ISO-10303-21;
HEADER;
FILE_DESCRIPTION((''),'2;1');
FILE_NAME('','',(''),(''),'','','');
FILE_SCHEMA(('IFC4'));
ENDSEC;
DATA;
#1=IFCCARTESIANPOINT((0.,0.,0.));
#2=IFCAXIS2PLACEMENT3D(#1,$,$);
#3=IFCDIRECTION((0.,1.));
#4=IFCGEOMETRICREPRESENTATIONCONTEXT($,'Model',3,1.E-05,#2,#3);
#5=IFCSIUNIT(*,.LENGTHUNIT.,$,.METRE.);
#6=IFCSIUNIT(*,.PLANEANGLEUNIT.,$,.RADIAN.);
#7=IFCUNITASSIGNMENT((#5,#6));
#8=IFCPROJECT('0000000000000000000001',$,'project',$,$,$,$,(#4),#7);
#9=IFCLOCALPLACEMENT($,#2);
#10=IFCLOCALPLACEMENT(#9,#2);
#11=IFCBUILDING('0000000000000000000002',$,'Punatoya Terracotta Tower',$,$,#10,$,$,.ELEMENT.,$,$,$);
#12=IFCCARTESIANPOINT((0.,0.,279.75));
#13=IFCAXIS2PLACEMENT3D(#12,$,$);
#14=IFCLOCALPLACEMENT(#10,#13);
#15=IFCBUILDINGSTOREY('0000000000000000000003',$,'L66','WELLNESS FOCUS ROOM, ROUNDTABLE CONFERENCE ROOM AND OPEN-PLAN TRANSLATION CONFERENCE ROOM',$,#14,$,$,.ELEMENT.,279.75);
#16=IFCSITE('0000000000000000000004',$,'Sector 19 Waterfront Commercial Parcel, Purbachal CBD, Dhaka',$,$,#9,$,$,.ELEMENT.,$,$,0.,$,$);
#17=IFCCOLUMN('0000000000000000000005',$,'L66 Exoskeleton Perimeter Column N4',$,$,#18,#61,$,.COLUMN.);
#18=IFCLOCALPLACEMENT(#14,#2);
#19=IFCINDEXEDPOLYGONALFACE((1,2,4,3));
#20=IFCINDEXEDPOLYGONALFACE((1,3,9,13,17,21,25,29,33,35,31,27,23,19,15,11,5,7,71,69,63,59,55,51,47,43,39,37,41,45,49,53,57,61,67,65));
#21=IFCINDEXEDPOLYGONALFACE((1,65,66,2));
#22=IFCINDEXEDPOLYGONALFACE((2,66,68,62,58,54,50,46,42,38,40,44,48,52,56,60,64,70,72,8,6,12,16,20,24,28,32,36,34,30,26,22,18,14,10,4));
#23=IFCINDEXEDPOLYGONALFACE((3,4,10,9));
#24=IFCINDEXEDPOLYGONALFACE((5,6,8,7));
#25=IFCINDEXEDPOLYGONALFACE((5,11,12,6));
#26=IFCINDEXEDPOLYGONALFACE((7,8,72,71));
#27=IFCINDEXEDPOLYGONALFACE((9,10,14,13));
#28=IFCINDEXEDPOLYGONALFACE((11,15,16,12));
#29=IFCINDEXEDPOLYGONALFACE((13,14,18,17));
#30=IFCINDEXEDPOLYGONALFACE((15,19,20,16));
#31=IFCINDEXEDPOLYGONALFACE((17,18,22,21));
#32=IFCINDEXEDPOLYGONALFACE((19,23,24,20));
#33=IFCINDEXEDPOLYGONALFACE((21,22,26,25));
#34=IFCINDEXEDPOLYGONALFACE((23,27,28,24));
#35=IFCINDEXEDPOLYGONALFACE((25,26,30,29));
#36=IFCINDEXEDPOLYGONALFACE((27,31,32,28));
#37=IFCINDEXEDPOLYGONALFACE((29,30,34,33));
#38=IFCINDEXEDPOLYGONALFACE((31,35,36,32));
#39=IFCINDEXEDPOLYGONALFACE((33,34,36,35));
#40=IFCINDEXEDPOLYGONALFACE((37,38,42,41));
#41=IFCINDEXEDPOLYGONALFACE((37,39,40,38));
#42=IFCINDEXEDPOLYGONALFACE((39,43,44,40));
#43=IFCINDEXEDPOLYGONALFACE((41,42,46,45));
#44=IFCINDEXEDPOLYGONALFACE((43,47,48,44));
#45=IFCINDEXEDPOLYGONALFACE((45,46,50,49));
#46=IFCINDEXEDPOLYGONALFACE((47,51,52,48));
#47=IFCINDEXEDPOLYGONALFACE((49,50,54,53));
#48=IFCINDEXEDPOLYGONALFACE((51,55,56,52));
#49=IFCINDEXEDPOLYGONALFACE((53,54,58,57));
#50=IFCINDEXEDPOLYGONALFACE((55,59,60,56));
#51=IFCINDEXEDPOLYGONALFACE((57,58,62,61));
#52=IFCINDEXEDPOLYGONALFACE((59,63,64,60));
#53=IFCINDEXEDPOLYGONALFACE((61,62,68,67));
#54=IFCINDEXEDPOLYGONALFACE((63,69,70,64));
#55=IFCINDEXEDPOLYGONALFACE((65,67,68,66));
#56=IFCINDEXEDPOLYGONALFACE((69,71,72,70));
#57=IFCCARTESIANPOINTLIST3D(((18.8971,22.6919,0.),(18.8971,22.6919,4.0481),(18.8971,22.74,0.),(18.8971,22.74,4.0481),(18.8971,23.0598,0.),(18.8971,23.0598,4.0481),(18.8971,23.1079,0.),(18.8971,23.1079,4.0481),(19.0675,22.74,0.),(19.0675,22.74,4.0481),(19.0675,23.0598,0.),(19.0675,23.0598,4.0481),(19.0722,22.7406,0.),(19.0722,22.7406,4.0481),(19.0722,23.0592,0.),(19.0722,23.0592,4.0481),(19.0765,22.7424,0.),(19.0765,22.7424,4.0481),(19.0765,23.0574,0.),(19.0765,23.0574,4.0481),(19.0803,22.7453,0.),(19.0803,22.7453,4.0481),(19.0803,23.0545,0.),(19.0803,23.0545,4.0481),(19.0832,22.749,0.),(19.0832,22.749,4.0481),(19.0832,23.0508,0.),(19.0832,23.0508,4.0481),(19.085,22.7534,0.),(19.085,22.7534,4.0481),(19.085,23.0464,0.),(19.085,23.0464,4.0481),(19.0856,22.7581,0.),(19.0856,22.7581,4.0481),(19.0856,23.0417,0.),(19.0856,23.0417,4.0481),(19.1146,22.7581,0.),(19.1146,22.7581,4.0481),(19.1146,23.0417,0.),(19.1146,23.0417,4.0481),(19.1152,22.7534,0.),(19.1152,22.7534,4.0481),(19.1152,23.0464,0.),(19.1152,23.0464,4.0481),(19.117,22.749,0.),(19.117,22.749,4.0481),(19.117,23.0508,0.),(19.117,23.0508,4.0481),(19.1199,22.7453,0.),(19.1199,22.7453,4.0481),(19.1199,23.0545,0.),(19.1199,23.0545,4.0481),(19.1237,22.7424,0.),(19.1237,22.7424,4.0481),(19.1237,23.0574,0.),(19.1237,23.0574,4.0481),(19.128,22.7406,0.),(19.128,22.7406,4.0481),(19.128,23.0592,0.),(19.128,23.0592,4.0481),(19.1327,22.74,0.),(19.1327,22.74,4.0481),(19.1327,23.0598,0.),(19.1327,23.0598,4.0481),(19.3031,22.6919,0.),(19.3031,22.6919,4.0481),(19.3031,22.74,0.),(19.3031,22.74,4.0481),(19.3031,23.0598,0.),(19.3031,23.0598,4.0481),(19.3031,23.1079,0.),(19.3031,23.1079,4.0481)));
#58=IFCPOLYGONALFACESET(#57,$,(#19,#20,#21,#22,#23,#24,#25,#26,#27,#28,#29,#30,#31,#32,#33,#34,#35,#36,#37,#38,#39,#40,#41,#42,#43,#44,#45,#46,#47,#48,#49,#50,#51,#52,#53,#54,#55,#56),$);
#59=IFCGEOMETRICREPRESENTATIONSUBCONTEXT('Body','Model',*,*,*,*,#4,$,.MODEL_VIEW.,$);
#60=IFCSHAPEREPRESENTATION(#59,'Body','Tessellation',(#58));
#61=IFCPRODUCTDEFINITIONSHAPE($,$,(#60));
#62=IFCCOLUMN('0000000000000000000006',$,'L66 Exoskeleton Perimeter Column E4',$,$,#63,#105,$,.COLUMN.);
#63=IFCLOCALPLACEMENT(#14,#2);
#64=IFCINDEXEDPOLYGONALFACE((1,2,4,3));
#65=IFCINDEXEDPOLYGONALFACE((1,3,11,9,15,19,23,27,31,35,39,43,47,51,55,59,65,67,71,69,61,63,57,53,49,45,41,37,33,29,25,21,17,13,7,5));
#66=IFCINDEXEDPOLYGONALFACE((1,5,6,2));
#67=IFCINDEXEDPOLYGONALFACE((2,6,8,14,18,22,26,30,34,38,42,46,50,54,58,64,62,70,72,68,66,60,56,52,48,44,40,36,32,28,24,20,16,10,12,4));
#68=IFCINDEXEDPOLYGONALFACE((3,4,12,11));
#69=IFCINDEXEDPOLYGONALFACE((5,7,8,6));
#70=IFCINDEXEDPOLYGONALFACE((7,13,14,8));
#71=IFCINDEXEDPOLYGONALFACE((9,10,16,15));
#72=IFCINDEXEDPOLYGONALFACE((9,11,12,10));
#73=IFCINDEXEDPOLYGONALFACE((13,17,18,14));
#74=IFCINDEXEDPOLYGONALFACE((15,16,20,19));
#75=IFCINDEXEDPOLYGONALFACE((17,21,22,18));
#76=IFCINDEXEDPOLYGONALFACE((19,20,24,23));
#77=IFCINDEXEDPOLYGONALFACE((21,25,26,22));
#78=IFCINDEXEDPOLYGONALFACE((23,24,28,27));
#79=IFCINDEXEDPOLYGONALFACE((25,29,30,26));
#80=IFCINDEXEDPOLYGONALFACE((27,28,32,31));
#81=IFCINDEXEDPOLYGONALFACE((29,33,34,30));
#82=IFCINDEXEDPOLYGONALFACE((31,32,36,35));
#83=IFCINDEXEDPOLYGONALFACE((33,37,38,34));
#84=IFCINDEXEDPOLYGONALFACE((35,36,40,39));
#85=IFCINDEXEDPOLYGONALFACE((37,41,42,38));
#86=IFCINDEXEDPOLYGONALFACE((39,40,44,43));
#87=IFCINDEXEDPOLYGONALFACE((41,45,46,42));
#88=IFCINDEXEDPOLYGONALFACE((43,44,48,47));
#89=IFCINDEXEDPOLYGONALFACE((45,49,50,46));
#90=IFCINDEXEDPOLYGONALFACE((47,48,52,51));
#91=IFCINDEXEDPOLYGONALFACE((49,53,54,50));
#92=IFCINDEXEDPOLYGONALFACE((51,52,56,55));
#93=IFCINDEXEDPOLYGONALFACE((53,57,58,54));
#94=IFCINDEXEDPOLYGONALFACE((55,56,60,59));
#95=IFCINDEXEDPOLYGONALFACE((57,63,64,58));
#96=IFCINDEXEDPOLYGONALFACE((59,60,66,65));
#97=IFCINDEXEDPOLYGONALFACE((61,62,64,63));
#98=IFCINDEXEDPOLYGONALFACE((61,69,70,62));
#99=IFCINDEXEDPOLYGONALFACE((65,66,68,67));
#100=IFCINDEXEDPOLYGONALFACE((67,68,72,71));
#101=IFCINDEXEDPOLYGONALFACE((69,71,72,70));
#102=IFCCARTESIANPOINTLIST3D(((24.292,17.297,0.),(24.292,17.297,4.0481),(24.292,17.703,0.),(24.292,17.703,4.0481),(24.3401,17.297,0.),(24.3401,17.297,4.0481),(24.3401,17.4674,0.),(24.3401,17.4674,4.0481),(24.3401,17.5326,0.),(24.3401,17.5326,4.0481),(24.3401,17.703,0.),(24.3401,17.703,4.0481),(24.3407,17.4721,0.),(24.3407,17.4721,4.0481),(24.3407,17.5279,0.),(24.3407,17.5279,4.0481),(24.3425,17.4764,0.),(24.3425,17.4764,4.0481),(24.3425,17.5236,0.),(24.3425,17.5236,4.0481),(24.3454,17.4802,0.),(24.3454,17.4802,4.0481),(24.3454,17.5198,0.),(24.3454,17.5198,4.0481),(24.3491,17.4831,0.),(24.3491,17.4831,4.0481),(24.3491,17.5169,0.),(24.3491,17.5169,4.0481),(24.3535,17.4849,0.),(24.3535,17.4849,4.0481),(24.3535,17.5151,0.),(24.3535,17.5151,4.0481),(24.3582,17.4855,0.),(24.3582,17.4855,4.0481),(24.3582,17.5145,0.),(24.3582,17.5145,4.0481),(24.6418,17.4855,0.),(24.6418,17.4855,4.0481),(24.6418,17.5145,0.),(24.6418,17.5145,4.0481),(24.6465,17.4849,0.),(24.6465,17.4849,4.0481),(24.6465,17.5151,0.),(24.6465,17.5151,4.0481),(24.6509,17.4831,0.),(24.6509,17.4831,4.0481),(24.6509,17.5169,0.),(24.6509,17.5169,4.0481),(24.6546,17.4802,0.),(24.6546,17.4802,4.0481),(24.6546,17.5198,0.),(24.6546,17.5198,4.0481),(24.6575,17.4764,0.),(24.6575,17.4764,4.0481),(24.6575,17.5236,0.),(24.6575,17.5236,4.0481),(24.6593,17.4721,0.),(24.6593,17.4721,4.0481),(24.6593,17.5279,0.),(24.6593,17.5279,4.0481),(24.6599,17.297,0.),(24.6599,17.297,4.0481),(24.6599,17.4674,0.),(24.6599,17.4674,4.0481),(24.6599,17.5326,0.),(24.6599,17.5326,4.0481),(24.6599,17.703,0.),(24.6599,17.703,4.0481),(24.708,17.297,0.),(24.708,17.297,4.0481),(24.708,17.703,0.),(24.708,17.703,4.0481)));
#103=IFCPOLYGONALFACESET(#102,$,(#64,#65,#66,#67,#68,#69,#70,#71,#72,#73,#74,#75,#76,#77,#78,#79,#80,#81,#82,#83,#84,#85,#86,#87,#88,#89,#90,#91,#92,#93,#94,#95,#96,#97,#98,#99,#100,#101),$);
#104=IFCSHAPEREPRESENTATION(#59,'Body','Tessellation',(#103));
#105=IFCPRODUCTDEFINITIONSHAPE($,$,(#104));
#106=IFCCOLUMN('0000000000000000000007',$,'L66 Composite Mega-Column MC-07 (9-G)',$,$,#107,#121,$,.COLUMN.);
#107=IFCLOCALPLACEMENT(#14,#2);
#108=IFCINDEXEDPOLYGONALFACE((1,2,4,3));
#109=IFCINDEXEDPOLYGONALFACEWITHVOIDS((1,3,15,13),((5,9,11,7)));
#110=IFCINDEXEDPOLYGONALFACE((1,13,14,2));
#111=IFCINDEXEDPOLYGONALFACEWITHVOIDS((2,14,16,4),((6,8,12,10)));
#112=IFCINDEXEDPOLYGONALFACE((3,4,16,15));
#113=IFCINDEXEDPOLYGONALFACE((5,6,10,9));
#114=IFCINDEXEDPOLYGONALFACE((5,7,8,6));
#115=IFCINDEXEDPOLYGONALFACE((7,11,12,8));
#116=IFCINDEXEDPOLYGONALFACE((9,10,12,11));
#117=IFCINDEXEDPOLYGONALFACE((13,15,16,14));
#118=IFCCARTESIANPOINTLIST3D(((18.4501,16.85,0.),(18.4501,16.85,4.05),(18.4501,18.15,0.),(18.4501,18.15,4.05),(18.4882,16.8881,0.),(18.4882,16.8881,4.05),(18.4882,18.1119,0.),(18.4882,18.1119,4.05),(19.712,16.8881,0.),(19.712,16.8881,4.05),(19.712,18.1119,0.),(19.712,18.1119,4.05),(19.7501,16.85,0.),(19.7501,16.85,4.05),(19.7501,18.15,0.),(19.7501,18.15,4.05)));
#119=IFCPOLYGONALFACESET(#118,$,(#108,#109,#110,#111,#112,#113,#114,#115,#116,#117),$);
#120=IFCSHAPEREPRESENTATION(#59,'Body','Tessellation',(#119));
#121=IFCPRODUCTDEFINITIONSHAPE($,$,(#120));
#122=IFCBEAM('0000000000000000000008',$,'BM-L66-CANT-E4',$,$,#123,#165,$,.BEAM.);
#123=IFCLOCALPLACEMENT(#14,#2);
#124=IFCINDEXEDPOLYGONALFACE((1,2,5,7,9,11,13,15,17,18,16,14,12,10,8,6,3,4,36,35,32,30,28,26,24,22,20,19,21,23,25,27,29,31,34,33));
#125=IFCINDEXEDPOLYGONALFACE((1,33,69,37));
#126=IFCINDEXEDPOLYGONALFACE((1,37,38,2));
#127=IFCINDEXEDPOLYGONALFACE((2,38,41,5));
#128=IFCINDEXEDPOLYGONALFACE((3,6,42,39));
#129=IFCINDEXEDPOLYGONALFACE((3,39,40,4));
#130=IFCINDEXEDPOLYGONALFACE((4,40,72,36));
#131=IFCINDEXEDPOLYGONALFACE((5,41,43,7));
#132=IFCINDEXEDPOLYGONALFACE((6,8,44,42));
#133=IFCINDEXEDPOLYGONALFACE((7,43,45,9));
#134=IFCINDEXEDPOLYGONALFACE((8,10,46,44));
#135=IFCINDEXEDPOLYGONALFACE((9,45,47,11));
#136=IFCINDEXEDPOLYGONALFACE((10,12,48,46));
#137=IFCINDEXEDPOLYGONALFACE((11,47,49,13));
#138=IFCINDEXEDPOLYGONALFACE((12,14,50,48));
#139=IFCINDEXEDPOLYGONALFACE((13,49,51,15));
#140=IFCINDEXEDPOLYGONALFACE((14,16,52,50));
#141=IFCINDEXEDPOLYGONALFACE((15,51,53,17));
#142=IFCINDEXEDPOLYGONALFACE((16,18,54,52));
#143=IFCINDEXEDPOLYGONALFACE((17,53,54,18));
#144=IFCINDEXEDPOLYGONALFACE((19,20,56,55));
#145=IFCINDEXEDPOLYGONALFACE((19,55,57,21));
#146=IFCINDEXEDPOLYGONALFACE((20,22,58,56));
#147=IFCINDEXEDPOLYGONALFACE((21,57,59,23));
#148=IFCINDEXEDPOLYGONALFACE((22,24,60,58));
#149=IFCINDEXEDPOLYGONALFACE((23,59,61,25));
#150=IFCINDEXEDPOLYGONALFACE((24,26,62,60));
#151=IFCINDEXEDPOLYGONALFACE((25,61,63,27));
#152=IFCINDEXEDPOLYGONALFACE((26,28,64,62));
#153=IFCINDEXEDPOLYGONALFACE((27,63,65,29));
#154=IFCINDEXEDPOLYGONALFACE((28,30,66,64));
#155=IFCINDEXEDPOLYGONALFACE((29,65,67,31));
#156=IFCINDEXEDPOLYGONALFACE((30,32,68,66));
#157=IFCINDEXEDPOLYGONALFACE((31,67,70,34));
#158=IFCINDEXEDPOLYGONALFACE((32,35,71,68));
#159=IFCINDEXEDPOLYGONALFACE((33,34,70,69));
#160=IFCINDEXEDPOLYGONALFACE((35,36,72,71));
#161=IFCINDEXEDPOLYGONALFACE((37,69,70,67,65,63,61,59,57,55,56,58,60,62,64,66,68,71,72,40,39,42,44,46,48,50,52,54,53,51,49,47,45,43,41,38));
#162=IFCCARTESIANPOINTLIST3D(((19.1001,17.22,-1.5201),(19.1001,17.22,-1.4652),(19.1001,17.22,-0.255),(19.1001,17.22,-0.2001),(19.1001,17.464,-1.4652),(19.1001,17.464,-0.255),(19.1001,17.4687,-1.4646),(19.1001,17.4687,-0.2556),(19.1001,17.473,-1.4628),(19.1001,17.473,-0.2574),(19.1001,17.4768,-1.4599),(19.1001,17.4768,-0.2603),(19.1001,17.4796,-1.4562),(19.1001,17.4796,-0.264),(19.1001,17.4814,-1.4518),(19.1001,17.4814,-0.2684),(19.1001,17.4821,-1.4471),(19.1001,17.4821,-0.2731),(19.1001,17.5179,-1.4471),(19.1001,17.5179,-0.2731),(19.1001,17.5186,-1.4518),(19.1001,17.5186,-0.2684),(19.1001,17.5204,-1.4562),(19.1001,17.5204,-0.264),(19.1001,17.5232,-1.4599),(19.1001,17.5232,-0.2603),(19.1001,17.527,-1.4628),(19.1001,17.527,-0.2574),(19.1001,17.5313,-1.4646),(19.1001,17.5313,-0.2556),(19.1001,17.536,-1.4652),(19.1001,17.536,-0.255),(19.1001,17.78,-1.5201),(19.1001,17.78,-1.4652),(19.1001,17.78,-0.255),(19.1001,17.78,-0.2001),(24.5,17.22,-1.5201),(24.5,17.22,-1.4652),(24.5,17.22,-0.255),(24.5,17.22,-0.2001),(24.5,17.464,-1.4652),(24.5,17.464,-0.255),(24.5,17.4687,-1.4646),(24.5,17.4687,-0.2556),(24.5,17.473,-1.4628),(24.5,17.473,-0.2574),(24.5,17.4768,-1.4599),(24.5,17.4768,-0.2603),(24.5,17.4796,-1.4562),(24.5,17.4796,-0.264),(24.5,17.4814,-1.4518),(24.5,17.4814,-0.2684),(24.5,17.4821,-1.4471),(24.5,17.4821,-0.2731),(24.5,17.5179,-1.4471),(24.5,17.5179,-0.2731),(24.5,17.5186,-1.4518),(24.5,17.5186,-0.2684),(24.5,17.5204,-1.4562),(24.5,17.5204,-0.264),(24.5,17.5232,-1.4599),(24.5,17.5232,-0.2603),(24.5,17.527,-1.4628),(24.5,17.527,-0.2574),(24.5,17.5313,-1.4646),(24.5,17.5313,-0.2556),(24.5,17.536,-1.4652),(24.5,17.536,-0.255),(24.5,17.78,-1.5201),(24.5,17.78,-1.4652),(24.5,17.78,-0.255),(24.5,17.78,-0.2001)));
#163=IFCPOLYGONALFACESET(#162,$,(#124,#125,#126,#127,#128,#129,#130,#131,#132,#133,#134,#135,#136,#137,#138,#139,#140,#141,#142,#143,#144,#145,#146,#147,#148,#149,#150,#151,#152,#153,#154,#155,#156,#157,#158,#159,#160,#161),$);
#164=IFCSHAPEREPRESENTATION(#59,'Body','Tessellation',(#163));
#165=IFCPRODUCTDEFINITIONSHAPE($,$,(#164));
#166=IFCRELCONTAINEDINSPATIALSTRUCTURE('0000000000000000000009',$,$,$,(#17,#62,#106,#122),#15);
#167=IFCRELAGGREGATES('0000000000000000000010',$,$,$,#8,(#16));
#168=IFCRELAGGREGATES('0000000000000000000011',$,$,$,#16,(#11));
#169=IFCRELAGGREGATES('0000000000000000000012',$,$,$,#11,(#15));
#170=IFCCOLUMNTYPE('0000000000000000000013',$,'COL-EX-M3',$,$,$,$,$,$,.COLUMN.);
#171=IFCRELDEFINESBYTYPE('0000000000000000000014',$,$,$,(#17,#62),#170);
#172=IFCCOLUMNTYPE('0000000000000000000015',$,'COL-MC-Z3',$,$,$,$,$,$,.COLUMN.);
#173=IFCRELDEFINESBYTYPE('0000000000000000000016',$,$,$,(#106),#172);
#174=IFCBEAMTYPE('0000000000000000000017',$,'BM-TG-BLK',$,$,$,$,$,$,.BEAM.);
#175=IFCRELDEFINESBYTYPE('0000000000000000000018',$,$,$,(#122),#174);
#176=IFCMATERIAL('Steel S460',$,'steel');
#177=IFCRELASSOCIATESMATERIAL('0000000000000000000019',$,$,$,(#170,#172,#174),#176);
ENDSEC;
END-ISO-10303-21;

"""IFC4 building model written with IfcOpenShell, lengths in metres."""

from ifc_helpers import new_model, si_unit, direction, frame, origin, origin_2d, place, context, subcontext, project, spatial, hollow_rectangle, i_section, extrude, material, material_profile, profile_set, type_object, element, save


model = new_model("IFC4")

# Units and contexts
model_context = context("Model", 3, precision=1e-05, world=origin(), true_north=direction((0.0, 1.0)))
body_context = subcontext(model_context, "Body", "Model", "MODEL_VIEW")
ifc_project = project(units=[si_unit("LENGTHUNIT", "METRE"), si_unit("PLANEANGLEUNIT", "RADIAN")], contexts=[model_context])

# Site, building, storey
site_placement = place(None, origin())
site = spatial("IfcSite", under=ifc_project, at=site_placement, Name="Sector 19 Waterfront Commercial Parcel, Purbachal CBD, Dhaka", CompositionType="ELEMENT", RefElevation=0.0)
building_placement = place(site_placement, origin())
building = spatial("IfcBuilding", under=site, at=building_placement, Name="Punatoya Terracotta Tower", CompositionType="ELEMENT")
storey_placement = place(building_placement, frame((0.0, 0.0, 279.75)))
storey = spatial("IfcBuildingStorey", under=building, at=storey_placement, Name="L66", Description="WELLNESS FOCUS ROOM, ROUNDTABLE CONFERENCE ROOM AND OPEN-PLAN TRANSLATION CONFERENCE ROOM", CompositionType="ELEMENT", Elevation=279.75)

# Columns
ifc_material_1 = material(Name="Steel S460", Category="steel")
ifc_material_profile_1 = material_profile(ifc_material_1, i_section(OverallWidth=0.406, OverallDepth=0.416, WebThickness=0.0291, FlangeThickness=0.0481, FilletRadius=0.0181, at=origin_2d()))
ifc_profile_set_1 = profile_set([ifc_material_profile_1], Name="Steel S460")
column_type_1 = type_object("IfcColumnType", Name="COL-EX-M3", PredefinedType="COLUMN", material=ifc_profile_set_1)
for number, where, z_axis, x_axis, name in (
    (1, (19.1001, 22.8999, 0.0), (0.0, 0.0, 1.0), (1.0, 0.0, 0.0), "L66 Exoskeleton Perimeter Column N4"),
    (2, (24.5, 17.5, 0.0), (0.0, 0.0, 1.0), (0.0, 1.0, 0.0), "L66 Exoskeleton Perimeter Column E4"),
):
    element("IfcColumn", number, at=place(storey_placement, frame(where, z_axis=z_axis, x_axis=x_axis)), inside=storey, type_object=column_type_1, Name=name, PredefinedType="COLUMN", context=body_context, shape_type="SweptSolid", body=[
        extrude(i_section(OverallWidth=0.406, OverallDepth=0.416, WebThickness=0.0291, FlangeThickness=0.0481, FilletRadius=0.0181, at=origin_2d()), origin(), (0.0, 0.0, 1.0), 4.0481),
    ])
ifc_material_profile_2 = material_profile(ifc_material_1, hollow_rectangle(XDim=1.3, YDim=1.3, WallThickness=0.0381, at=origin_2d()))
ifc_profile_set_2 = profile_set([ifc_material_profile_2], Name="Steel S460")
column_type_2 = type_object("IfcColumnType", Name="COL-MC-Z3", PredefinedType="COLUMN", material=ifc_profile_set_2)
column_placement = place(storey_placement, frame((19.1001, 17.5, 0.0), z_axis=(0.0, 0.0, 1.0), x_axis=(1.0, 0.0, 0.0)))
element("IfcColumn", 3, at=column_placement, inside=storey, type_object=column_type_2, Name="L66 Composite Mega-Column MC-07 (9-G)", PredefinedType="COLUMN", context=body_context, shape_type="SweptSolid", body=[
    extrude(hollow_rectangle(XDim=1.3, YDim=1.3, WallThickness=0.0381, at=origin_2d()), origin(), (0.0, 0.0, 1.0), 4.05),
])

# Beam
ifc_material_profile_3 = material_profile(ifc_material_1, i_section(OverallWidth=0.5601, OverallDepth=1.3201, WebThickness=0.0359, FlangeThickness=0.0549, FilletRadius=0.0181, at=origin_2d()))
ifc_profile_set_3 = profile_set([ifc_material_profile_3], Name="Steel S460")
beam_type = type_object("IfcBeamType", Name="BM-TG-BLK", PredefinedType="BEAM", material=ifc_profile_set_3)
for number, where, z_axis, x_axis, name in (
    (4, (19.1001, 17.5, -0.8601), (1.0, 0.0, 0.0), (0.0, 1.0, 0.0), "BM-L66-CANT-E4"),
):
    element("IfcBeam", number, at=place(storey_placement, frame(where, z_axis=z_axis, x_axis=x_axis)), inside=storey, type_object=beam_type, Name=name, PredefinedType="BEAM", context=body_context, shape_type="SweptSolid", body=[
        extrude(i_section(OverallWidth=0.5601, OverallDepth=1.3201, WebThickness=0.0359, FlangeThickness=0.0549, FilletRadius=0.0181, at=origin_2d()), origin(), (0.0, 0.0, 1.0), 5.3999),
    ])

save(model, "model.ifc")
